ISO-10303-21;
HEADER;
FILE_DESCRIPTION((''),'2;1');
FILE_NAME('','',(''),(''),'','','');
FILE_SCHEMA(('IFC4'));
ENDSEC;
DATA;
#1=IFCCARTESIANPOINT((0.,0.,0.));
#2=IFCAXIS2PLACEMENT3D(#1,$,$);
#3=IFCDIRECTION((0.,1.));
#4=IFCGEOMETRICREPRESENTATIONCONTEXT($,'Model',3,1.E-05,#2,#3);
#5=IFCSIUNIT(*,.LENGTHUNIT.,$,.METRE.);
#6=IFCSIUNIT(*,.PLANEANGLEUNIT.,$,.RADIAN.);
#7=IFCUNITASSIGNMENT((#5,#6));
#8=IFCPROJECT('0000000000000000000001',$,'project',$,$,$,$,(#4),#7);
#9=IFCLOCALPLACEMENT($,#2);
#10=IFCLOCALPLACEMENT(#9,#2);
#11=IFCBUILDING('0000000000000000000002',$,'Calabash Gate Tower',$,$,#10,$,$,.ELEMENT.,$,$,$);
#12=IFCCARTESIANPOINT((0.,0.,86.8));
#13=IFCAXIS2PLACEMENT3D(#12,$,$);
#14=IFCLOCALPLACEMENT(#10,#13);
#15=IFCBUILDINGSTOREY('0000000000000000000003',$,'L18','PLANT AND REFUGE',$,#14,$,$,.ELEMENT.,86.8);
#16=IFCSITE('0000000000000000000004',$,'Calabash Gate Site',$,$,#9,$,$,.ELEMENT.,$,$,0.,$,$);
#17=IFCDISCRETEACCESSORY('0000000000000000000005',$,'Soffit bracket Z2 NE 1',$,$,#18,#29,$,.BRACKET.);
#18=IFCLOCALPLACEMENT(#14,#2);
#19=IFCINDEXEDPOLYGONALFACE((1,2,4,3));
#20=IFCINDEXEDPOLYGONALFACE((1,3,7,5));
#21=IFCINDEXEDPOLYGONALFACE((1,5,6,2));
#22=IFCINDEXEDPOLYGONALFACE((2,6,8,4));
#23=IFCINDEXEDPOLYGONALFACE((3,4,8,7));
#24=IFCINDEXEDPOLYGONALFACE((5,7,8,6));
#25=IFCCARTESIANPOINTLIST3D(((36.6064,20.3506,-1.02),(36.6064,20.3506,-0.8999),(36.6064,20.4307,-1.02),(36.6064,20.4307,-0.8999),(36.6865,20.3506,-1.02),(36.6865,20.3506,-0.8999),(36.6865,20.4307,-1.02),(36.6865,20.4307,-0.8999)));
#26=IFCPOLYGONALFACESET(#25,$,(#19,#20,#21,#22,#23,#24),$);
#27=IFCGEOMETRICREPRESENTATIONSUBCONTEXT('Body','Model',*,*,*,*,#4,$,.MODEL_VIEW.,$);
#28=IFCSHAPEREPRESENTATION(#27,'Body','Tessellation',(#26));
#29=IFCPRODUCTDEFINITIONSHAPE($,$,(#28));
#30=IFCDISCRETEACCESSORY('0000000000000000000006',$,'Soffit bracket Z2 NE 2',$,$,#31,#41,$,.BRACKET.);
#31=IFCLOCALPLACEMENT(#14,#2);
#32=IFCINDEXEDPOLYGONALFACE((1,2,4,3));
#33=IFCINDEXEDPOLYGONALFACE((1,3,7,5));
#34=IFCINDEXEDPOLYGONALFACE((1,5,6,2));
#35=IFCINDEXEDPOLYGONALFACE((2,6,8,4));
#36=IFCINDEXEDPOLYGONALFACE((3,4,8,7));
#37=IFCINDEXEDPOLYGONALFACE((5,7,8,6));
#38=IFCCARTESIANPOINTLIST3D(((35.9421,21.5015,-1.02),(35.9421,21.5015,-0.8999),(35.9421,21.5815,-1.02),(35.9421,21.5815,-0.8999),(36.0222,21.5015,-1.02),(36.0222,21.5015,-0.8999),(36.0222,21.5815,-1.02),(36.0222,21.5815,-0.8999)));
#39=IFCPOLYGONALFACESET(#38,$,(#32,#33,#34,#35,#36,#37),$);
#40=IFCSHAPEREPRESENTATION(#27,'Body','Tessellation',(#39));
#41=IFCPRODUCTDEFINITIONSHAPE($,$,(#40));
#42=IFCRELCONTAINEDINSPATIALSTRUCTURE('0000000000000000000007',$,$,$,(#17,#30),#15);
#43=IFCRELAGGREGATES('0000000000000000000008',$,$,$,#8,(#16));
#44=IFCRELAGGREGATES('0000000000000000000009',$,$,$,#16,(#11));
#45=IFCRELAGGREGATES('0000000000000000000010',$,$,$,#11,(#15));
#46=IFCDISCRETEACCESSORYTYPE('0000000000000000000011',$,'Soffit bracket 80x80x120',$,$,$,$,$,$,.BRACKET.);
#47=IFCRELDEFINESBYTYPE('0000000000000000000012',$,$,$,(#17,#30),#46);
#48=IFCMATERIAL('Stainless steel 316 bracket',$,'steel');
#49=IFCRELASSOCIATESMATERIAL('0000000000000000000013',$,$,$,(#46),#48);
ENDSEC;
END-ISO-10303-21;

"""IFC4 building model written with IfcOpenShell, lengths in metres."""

from ifc_helpers import new_model, si_unit, direction, frame, origin, origin_2d, place, context, subcontext, project, spatial, rectangle, extrude, material, type_object, element, save


model = new_model("IFC4")

# Units and contexts
model_context = context("Model", 3, precision=1e-05, world=origin(), true_north=direction((0.0, 1.0)))
body_context = subcontext(model_context, "Body", "Model", "MODEL_VIEW")
ifc_project = project(units=[si_unit("LENGTHUNIT", "METRE"), si_unit("PLANEANGLEUNIT", "RADIAN")], contexts=[model_context])

# Site, building, storey
site_placement = place(None, origin())
site = spatial("IfcSite", under=ifc_project, at=site_placement, Name="Calabash Gate Site", CompositionType="ELEMENT", RefElevation=0.0)
building_placement = place(site_placement, origin())
building = spatial("IfcBuilding", under=site, at=building_placement, Name="Calabash Gate Tower", CompositionType="ELEMENT")
storey_placement = place(building_placement, frame((0.0, 0.0, 86.8)))
storey = spatial("IfcBuildingStorey", under=building, at=storey_placement, Name="L18", Description="PLANT AND REFUGE", CompositionType="ELEMENT", Elevation=86.8)

# Discrete accessories
ifc_material_1 = material(Name="Stainless steel 316 bracket", Category="steel")
discrete_accessory_type = type_object("IfcDiscreteAccessoryType", Name="Soffit bracket 80x80x120", PredefinedType="BRACKET", material=ifc_material_1)
for number, where, z_axis, x_axis, name in (
    (1, (36.6465, 20.3906, -1.02), (0.0, 0.0, 1.0), (1.0, 0.0, 0.0), "Soffit bracket Z2 NE 1"),
    (2, (35.9822, 21.5415, -1.02), (0.0, 0.0, 1.0), (1.0, 0.0, 0.0), "Soffit bracket Z2 NE 2"),
):
    element("IfcDiscreteAccessory", number, at=place(storey_placement, frame(where, z_axis=z_axis, x_axis=x_axis)), inside=storey, type_object=discrete_accessory_type, Name=name, PredefinedType="BRACKET", context=body_context, shape_type="SweptSolid", body=[
        extrude(rectangle(XDim=0.0801, YDim=0.0801, at=origin_2d()), origin(), (0.0, 0.0, 1.0), 0.1201),
    ])

save(model, "model.ifc")
